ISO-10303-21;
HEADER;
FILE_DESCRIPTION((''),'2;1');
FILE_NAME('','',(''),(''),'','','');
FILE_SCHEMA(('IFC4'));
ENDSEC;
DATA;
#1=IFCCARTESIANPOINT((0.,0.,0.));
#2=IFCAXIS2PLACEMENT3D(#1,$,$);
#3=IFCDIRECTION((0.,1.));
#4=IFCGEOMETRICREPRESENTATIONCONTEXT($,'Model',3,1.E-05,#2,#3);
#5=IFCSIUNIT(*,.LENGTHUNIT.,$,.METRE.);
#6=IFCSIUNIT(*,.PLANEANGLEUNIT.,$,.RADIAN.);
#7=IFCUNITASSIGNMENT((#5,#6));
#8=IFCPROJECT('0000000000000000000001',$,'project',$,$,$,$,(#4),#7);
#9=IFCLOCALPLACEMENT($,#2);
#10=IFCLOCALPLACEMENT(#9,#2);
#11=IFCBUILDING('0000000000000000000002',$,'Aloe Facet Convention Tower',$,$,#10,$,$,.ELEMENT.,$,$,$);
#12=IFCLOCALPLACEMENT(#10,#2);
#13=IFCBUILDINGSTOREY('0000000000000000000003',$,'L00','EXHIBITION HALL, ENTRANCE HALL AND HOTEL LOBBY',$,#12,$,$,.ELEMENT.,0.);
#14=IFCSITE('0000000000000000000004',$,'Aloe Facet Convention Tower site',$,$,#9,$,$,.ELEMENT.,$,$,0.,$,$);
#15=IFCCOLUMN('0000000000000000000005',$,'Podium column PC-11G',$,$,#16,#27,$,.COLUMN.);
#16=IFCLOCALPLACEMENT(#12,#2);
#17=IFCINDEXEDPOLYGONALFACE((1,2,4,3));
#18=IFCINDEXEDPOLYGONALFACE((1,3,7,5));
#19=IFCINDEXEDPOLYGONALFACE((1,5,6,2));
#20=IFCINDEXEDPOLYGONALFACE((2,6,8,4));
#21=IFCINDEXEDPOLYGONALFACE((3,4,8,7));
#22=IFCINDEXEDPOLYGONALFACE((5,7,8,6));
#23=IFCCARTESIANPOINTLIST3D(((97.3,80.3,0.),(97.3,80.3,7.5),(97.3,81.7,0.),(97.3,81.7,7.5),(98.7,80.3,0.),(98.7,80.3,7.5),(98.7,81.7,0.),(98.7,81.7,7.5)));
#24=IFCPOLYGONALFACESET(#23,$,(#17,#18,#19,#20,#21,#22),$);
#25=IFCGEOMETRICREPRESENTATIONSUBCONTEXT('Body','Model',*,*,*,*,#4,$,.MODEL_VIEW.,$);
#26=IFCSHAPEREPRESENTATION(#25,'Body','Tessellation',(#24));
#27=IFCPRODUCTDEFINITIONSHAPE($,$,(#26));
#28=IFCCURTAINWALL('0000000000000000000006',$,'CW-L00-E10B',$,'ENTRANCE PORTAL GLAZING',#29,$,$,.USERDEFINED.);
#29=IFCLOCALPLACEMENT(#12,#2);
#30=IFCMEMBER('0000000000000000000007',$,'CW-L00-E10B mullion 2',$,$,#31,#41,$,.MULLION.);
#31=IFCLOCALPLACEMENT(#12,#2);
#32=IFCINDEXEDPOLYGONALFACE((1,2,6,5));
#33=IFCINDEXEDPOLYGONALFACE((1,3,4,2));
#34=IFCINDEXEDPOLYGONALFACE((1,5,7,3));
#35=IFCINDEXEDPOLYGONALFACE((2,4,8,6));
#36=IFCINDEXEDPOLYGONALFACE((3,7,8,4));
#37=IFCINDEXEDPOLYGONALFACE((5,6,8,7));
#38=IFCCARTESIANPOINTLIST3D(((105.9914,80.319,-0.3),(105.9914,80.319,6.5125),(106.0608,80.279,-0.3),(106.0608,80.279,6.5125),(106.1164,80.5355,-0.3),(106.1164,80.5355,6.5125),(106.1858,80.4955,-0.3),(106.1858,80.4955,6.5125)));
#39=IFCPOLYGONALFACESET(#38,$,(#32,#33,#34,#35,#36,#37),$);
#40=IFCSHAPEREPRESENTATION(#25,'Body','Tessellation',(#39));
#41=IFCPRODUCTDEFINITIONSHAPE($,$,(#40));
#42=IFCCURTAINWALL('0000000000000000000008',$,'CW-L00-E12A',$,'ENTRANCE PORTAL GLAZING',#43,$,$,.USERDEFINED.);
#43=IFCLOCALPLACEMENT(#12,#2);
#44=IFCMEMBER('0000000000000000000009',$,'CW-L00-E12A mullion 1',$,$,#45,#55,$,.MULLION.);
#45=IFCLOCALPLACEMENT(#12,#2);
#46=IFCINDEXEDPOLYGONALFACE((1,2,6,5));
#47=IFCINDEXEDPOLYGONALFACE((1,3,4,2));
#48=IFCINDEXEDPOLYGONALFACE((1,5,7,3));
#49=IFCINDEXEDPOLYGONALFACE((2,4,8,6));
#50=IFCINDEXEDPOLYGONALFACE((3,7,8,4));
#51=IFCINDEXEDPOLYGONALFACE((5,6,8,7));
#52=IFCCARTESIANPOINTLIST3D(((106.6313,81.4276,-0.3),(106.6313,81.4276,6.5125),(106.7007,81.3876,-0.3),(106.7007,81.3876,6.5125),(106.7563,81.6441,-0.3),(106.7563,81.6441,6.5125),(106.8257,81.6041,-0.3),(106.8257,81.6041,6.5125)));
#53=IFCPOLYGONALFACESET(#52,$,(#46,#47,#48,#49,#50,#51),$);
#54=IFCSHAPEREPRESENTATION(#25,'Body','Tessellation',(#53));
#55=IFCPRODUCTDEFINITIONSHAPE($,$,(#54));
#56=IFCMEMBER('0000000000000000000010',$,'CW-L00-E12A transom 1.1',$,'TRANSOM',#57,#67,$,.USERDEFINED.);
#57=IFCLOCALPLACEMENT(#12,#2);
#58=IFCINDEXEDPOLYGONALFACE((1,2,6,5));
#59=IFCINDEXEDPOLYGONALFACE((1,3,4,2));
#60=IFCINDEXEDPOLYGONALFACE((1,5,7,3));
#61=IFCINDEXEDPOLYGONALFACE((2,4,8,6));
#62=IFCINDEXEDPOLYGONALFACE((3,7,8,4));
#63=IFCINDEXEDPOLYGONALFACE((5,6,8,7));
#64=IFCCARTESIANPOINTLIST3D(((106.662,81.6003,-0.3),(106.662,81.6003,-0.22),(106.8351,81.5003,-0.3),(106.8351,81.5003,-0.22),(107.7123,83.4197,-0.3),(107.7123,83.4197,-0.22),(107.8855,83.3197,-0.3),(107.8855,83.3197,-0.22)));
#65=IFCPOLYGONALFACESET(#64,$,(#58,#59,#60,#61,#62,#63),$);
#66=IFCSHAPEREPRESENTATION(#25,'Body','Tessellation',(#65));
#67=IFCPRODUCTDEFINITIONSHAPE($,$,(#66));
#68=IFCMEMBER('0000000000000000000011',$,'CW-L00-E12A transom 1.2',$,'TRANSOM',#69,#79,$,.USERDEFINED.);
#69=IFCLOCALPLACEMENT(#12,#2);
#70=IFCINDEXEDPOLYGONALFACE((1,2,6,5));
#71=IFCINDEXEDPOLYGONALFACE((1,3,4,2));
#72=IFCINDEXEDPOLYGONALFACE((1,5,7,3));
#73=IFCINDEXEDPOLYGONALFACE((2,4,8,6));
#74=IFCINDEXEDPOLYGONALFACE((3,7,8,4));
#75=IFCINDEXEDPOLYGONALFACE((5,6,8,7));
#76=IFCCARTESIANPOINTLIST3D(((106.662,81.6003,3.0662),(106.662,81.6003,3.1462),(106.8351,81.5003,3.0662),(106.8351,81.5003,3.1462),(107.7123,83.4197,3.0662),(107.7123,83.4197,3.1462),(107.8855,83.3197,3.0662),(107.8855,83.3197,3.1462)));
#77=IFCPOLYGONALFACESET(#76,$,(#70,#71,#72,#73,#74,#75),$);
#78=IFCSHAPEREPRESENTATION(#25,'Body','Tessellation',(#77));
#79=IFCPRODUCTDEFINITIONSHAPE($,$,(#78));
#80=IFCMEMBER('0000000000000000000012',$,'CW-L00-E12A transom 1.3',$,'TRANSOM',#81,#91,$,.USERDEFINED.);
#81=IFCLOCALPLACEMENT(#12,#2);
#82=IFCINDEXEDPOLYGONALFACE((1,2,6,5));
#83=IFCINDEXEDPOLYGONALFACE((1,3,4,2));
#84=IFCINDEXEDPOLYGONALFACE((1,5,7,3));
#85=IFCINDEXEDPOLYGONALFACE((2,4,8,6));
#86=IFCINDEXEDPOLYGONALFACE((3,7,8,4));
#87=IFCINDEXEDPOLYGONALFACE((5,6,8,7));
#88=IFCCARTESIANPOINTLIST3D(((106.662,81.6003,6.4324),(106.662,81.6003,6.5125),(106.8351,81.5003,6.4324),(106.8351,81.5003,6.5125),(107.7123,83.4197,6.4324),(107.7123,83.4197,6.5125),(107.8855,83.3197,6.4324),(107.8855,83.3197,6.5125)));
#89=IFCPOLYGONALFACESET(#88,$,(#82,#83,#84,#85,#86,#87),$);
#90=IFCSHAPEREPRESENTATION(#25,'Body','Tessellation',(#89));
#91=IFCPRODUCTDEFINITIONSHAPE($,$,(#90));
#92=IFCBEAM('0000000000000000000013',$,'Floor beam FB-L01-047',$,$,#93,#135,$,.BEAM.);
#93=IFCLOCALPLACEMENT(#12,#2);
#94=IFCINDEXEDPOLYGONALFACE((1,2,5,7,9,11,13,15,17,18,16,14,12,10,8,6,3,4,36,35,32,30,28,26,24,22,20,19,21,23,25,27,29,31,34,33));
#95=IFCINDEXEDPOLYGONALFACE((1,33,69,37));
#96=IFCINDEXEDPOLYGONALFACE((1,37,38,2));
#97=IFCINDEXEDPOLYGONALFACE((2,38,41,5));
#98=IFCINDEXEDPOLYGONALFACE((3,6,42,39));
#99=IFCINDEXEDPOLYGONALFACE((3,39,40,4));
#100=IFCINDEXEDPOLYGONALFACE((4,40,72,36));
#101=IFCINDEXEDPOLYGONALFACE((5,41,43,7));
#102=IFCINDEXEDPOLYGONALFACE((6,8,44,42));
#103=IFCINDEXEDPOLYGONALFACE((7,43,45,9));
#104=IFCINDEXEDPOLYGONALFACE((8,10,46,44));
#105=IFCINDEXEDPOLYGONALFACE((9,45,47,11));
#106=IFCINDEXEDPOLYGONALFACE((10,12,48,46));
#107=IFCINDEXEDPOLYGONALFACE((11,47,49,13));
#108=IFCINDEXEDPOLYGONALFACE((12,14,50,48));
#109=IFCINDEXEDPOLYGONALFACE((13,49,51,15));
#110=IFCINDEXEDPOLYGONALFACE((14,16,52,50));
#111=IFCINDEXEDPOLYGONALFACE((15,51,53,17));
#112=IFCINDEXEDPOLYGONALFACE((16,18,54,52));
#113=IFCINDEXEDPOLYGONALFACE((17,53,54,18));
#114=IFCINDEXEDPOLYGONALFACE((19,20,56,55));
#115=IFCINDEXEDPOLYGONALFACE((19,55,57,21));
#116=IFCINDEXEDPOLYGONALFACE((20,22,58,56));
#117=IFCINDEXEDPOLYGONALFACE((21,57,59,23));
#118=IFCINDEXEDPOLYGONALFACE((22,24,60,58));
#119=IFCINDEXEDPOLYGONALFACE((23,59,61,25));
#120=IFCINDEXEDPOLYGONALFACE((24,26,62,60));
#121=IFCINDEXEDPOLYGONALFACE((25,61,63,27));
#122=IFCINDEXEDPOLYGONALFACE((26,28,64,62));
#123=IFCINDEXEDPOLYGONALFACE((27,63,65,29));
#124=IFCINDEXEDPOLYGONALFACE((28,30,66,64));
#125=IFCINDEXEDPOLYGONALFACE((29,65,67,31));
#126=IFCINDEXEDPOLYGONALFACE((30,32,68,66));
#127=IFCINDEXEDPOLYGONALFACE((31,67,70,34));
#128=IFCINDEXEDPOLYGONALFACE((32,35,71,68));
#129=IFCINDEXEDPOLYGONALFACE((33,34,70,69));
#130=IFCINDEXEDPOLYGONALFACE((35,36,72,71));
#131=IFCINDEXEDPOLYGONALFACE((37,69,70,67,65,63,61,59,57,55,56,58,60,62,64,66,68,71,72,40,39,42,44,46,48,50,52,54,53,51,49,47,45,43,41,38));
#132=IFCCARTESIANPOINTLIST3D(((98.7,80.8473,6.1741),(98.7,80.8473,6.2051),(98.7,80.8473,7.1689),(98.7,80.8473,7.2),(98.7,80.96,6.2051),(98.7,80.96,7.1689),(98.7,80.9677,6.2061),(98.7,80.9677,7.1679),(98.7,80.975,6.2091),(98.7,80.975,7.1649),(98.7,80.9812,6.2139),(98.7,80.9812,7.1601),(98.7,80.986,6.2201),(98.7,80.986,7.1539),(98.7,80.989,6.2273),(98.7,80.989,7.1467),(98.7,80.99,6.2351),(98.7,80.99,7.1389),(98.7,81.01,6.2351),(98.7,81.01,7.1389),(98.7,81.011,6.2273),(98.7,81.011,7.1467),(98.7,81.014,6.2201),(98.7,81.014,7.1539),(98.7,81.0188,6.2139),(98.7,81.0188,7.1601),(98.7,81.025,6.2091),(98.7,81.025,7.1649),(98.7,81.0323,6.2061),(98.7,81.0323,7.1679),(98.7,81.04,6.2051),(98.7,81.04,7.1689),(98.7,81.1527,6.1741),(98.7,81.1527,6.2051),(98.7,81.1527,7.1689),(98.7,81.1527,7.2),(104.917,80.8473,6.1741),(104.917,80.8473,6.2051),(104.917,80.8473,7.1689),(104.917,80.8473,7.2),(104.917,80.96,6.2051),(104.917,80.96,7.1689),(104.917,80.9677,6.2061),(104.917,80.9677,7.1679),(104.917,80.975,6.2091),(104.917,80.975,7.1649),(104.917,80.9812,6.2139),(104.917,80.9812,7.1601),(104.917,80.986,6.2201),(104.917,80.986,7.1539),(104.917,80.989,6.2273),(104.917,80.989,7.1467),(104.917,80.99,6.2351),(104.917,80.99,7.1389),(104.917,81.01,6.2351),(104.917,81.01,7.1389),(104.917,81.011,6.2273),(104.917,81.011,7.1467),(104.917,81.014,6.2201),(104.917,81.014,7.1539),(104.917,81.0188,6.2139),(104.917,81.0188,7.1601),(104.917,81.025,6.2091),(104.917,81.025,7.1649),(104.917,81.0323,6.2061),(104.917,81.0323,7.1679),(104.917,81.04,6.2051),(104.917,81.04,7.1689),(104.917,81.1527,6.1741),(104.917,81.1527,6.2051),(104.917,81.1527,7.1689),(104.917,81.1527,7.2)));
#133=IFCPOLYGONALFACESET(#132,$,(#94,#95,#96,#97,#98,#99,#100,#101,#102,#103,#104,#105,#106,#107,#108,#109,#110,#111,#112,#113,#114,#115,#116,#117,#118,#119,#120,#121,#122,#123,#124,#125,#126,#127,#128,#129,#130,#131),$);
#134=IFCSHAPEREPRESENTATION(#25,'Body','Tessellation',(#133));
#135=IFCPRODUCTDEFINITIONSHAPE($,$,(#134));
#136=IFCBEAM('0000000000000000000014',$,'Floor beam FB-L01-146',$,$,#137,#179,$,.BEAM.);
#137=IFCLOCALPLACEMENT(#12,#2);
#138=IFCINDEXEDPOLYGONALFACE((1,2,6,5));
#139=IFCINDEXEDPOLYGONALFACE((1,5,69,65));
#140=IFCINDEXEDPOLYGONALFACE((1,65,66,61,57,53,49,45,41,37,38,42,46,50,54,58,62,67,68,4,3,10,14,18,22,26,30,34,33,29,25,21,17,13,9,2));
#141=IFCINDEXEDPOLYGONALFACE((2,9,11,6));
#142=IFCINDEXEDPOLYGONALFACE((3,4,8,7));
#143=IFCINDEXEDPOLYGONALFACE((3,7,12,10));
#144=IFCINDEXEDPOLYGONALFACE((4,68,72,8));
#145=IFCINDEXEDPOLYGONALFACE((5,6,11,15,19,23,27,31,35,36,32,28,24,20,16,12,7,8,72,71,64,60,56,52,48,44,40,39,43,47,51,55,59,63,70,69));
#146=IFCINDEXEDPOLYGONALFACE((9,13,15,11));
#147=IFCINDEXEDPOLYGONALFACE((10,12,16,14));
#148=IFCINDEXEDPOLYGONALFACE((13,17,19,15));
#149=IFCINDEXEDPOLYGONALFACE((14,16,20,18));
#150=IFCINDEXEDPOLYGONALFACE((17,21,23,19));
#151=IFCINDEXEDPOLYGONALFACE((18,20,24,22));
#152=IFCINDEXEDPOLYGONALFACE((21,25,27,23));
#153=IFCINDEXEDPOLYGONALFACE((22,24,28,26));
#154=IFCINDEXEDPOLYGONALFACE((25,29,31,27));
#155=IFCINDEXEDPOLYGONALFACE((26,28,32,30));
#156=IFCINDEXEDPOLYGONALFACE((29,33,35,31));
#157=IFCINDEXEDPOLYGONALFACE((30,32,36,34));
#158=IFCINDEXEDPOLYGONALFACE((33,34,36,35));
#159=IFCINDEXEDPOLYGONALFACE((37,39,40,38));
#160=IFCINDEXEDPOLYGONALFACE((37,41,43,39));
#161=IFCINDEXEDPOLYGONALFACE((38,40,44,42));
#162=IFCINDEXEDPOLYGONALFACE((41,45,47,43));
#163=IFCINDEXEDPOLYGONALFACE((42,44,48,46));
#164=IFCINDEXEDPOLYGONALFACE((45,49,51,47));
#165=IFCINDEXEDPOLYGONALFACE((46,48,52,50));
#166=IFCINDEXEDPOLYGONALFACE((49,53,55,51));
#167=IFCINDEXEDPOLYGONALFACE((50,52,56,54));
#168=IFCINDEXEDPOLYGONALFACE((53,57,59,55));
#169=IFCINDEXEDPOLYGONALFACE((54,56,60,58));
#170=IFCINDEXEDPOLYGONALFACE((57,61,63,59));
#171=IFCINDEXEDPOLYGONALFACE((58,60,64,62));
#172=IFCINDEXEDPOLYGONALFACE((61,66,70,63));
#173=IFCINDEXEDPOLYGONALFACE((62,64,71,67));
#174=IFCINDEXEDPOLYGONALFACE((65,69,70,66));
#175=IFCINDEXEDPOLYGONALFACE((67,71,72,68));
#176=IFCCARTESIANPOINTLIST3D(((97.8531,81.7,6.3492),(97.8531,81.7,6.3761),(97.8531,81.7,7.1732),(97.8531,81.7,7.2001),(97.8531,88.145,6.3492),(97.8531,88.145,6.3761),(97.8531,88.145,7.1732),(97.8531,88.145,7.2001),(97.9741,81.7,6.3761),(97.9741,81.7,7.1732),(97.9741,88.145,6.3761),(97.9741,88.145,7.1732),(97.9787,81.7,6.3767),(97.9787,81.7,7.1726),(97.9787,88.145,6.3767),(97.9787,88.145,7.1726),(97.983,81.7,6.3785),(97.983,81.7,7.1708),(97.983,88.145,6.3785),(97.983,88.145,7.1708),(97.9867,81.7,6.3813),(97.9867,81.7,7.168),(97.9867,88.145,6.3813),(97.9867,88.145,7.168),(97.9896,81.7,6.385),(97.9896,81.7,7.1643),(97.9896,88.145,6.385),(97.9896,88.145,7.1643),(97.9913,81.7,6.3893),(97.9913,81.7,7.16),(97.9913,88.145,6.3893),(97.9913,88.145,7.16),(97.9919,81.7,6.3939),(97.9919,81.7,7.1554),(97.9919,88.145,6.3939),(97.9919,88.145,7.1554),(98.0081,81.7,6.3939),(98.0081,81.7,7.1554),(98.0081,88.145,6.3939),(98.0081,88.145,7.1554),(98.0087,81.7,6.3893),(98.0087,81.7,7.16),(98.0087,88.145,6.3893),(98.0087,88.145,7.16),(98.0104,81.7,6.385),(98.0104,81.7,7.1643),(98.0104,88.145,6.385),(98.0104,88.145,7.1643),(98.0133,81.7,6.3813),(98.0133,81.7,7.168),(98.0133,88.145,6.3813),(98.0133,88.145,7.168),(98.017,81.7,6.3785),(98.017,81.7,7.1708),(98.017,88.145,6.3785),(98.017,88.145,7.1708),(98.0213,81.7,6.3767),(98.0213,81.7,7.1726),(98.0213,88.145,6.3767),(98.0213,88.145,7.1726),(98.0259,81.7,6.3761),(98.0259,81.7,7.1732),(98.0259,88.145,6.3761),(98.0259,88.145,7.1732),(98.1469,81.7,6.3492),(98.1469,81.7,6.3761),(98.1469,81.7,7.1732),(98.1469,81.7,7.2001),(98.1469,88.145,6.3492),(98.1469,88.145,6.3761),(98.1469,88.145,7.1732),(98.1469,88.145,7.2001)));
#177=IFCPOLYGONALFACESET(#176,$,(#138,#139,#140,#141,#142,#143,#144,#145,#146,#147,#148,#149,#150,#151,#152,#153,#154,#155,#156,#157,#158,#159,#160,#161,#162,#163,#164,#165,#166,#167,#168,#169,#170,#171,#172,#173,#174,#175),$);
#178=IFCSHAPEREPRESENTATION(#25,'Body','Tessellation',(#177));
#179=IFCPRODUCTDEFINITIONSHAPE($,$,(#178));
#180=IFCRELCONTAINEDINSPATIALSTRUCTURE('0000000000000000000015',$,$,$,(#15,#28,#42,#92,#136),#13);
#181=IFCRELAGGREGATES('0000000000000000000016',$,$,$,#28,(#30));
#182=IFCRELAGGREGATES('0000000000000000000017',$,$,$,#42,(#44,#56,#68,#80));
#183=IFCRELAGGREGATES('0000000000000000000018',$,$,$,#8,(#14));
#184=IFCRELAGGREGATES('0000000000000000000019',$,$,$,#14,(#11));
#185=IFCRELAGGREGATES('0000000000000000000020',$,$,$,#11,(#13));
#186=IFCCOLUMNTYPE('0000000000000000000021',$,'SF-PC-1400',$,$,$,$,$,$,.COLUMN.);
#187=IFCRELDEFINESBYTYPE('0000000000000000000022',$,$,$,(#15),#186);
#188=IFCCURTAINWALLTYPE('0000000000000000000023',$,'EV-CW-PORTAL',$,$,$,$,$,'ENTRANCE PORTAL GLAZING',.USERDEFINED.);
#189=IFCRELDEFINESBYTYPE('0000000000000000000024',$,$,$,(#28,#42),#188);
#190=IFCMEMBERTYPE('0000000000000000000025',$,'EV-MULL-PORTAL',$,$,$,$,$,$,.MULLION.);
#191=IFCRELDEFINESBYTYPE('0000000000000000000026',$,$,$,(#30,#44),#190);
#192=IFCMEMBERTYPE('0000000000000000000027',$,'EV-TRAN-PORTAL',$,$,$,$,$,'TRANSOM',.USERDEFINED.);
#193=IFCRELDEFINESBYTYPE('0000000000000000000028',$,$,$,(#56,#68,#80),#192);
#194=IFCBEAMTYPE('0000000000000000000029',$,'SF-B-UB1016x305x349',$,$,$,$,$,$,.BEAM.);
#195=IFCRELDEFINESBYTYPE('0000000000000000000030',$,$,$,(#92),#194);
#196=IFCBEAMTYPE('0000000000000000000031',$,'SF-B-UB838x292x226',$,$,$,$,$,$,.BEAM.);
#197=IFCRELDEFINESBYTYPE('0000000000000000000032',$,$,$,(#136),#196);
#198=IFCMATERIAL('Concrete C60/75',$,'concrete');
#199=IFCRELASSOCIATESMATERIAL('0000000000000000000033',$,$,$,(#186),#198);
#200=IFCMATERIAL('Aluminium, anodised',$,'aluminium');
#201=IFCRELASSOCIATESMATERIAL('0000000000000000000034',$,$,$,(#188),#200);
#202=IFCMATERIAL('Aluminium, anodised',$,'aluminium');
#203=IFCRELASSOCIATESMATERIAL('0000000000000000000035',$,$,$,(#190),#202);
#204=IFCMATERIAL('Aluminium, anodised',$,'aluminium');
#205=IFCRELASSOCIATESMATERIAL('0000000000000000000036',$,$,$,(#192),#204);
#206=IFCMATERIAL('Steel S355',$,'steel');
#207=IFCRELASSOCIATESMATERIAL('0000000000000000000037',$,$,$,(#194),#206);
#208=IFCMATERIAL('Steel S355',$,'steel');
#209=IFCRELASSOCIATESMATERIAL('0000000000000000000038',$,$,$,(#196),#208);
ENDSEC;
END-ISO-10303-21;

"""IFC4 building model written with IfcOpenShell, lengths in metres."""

from ifc_helpers import new_model, si_unit, direction, frame, origin, origin_2d, place, context, subcontext, project, spatial, rectangle, i_section, extrude, material, material_profile, profile_set, type_object, element, aggregate, save


model = new_model("IFC4")

# Units and contexts
model_context = context("Model", 3, precision=1e-05, world=origin(), true_north=direction((0.0, 1.0)))
body_context = subcontext(model_context, "Body", "Model", "MODEL_VIEW")
ifc_project = project(units=[si_unit("LENGTHUNIT", "METRE"), si_unit("PLANEANGLEUNIT", "RADIAN")], contexts=[model_context])

# Site, building, storey
site_placement = place(None, origin())
site = spatial("IfcSite", under=ifc_project, at=site_placement, Name="Aloe Facet Convention Tower site", CompositionType="ELEMENT", RefElevation=0.0)
building_placement = place(site_placement, origin())
building = spatial("IfcBuilding", under=site, at=building_placement, Name="Aloe Facet Convention Tower", CompositionType="ELEMENT")
storey_placement = place(building_placement, origin())
storey = spatial("IfcBuildingStorey", under=building, at=storey_placement, Name="L00", Description="EXHIBITION HALL, ENTRANCE HALL AND HOTEL LOBBY", CompositionType="ELEMENT", Elevation=0.0)

# Column
ifc_material_1 = material(Name="Concrete C60/75", Category="concrete")
ifc_material_profile_1 = material_profile(ifc_material_1, rectangle(XDim=1.3999, YDim=1.3999, at=origin_2d()), Name="SF-PC-1400")
ifc_profile_set_1 = profile_set([ifc_material_profile_1], Name="Concrete C60/75")
column_type = type_object("IfcColumnType", Name="SF-PC-1400", PredefinedType="COLUMN", material=ifc_profile_set_1)
column_placement = place(storey_placement, frame((98.0, 81.0, 0.0), z_axis=(0.0, 0.0, 1.0), x_axis=(1.0, 0.0, 0.0)))
element("IfcColumn", 1, at=column_placement, inside=storey, type_object=column_type, Name="Podium column PC-11G", PredefinedType="COLUMN", context=body_context, shape_type="SweptSolid", body=[
    extrude(rectangle(XDim=1.3999, YDim=1.3999, at=origin_2d()), origin(), (0.0, 0.0, 1.0), 7.5),
])

# Curtain wall, member
ifc_material_2 = material(Name="Aluminium, anodised", Category="aluminium")
curtain_wall_type = type_object("IfcCurtainWallType", Name="EV-CW-PORTAL", ElementType="ENTRANCE PORTAL GLAZING", PredefinedType="USERDEFINED", material=ifc_material_2)
curtain_wall_1_placement = place(storey_placement, origin())
curtain_wall_1 = element("IfcCurtainWall", 2, at=curtain_wall_1_placement, inside=storey, type_object=curtain_wall_type, Name="CW-L00-E10B", ObjectType="ENTRANCE PORTAL GLAZING", PredefinedType="USERDEFINED")
ifc_material_3 = material(Name="Aluminium, anodised", Category="aluminium")
ifc_material_profile_2 = material_profile(ifc_material_3, rectangle(XDim=0.0801, YDim=0.25, at=origin_2d()), Name="AL 80x250")
ifc_profile_set_2 = profile_set([ifc_material_profile_2], Name="Aluminium, anodised")
member_type_1 = type_object("IfcMemberType", Name="EV-MULL-PORTAL", PredefinedType="MULLION", material=ifc_profile_set_2)
member_1_placement = place(storey_placement, frame((106.0886, 80.4072, -0.3), z_axis=(0.0, 0.0, 1.0), x_axis=(-0.866025, 0.5, 0.0)))
member_1 = element("IfcMember", 3, at=member_1_placement, type_object=member_type_1, Name="CW-L00-E10B mullion 2", PredefinedType="MULLION", context=body_context, shape_type="SweptSolid", body=[
    extrude(rectangle(XDim=0.0801, YDim=0.25, at=origin_2d()), origin(), (0.0, 0.0, 1.0), 6.8125),
])
aggregate(curtain_wall_1, [member_1])

# Curtain wall, members
curtain_wall_2_placement = place(storey_placement, origin())
curtain_wall_2 = element("IfcCurtainWall", 4, at=curtain_wall_2_placement, inside=storey, type_object=curtain_wall_type, Name="CW-L00-E12A", ObjectType="ENTRANCE PORTAL GLAZING", PredefinedType="USERDEFINED")
member_2_placement = place(storey_placement, frame((106.7285, 81.5159, -0.3), z_axis=(0.0, 0.0, 1.0), x_axis=(-0.866025, 0.5, 0.0)))
member_2 = element("IfcMember", 5, at=member_2_placement, type_object=member_type_1, Name="CW-L00-E12A mullion 1", PredefinedType="MULLION", context=body_context, shape_type="SweptSolid", body=[
    extrude(rectangle(XDim=0.0801, YDim=0.25, at=origin_2d()), origin(), (0.0, 0.0, 1.0), 6.8125),
])
ifc_material_4 = material(Name="Aluminium, anodised", Category="aluminium")
ifc_material_profile_3 = material_profile(ifc_material_4, rectangle(XDim=0.2, YDim=0.0801, at=origin_2d()), Name="AL 200x80")
ifc_profile_set_3 = profile_set([ifc_material_profile_3], Name="Aluminium, anodised")
member_type_2 = type_object("IfcMemberType", Name="EV-TRAN-PORTAL", ElementType="TRANSOM", PredefinedType="USERDEFINED", material=ifc_profile_set_3)
member_3_placement = place(storey_placement, frame((106.7485, 81.5503, -0.26), z_axis=(0.499964, 0.866046, 0.0), x_axis=(-0.866046, 0.499964, 0.0)))
member_3 = element("IfcMember", 6, at=member_3_placement, type_object=member_type_2, Name="CW-L00-E12A transom 1.1", ObjectType="TRANSOM", PredefinedType="USERDEFINED", context=body_context, shape_type="SweptSolid", body=[
    extrude(rectangle(XDim=0.2, YDim=0.0801, at=origin_2d()), origin(), (0.0, 0.0, 1.0), 2.1008),
])
member_4_placement = place(storey_placement, frame((106.7485, 81.5503, 3.1062), z_axis=(0.499964, 0.866046, 0.0), x_axis=(-0.866046, 0.499964, 0.0)))
member_4 = element("IfcMember", 7, at=member_4_placement, type_object=member_type_2, Name="CW-L00-E12A transom 1.2", ObjectType="TRANSOM", PredefinedType="USERDEFINED", context=body_context, shape_type="SweptSolid", body=[
    extrude(rectangle(XDim=0.2, YDim=0.0801, at=origin_2d()), origin(), (0.0, 0.0, 1.0), 2.1008),
])
member_5_placement = place(storey_placement, frame((106.7485, 81.5503, 6.4724), z_axis=(0.499964, 0.866046, 0.0), x_axis=(-0.866046, 0.499964, 0.0)))
member_5 = element("IfcMember", 8, at=member_5_placement, type_object=member_type_2, Name="CW-L00-E12A transom 1.3", ObjectType="TRANSOM", PredefinedType="USERDEFINED", context=body_context, shape_type="SweptSolid", body=[
    extrude(rectangle(XDim=0.2, YDim=0.0801, at=origin_2d()), origin(), (0.0, 0.0, 1.0), 2.1008),
])

# Beams
ifc_material_5 = material(Name="Steel S355", Category="steel")
ifc_material_profile_4 = material_profile(ifc_material_5, i_section(OverallWidth=0.3054, OverallDepth=1.0259, WebThickness=0.02, FlangeThickness=0.031, FilletRadius=0.03, at=origin_2d()), Name="UB 1016x305x349")
ifc_profile_set_4 = profile_set([ifc_material_profile_4], Name="Steel S355")
beam_type_1 = type_object("IfcBeamType", Name="SF-B-UB1016x305x349", PredefinedType="BEAM", material=ifc_profile_set_4)
beam_1_placement = place(storey_placement, frame((98.7, 81.0, 6.687), z_axis=(1.0, 0.0, 0.0), x_axis=(0.0, 1.0, 0.0)))
element("IfcBeam", 9, at=beam_1_placement, inside=storey, type_object=beam_type_1, Name="Floor beam FB-L01-047", PredefinedType="BEAM", context=body_context, shape_type="SweptSolid", body=[
    extrude(i_section(OverallWidth=0.3054, OverallDepth=1.0259, WebThickness=0.02, FlangeThickness=0.031, FilletRadius=0.03, at=origin_2d()), origin(), (0.0, 0.0, 1.0), 6.217),
])
ifc_material_6 = material(Name="Steel S355", Category="steel")
ifc_material_profile_5 = material_profile(ifc_material_6, i_section(OverallWidth=0.2937, OverallDepth=0.8508, WebThickness=0.0161, FlangeThickness=0.0269, FilletRadius=0.0178, at=origin_2d()), Name="UB 838x292x226")
ifc_profile_set_5 = profile_set([ifc_material_profile_5], Name="Steel S355")
beam_type_2 = type_object("IfcBeamType", Name="SF-B-UB838x292x226", PredefinedType="BEAM", material=ifc_profile_set_5)
beam_2_placement = place(storey_placement, frame((98.0, 81.7, 6.7747), z_axis=(0.0, 1.0, 0.0), x_axis=(-1.0, 0.0, 0.0)))
element("IfcBeam", 10, at=beam_2_placement, inside=storey, type_object=beam_type_2, Name="Floor beam FB-L01-146", PredefinedType="BEAM", context=body_context, shape_type="SweptSolid", body=[
    extrude(i_section(OverallWidth=0.2937, OverallDepth=0.8508, WebThickness=0.0161, FlangeThickness=0.0269, FilletRadius=0.0178, at=origin_2d()), origin(), (0.0, 0.0, 1.0), 6.4451),
])

aggregate(curtain_wall_2, [member_2, member_3, member_4, member_5])

save(model, "model.ifc")
